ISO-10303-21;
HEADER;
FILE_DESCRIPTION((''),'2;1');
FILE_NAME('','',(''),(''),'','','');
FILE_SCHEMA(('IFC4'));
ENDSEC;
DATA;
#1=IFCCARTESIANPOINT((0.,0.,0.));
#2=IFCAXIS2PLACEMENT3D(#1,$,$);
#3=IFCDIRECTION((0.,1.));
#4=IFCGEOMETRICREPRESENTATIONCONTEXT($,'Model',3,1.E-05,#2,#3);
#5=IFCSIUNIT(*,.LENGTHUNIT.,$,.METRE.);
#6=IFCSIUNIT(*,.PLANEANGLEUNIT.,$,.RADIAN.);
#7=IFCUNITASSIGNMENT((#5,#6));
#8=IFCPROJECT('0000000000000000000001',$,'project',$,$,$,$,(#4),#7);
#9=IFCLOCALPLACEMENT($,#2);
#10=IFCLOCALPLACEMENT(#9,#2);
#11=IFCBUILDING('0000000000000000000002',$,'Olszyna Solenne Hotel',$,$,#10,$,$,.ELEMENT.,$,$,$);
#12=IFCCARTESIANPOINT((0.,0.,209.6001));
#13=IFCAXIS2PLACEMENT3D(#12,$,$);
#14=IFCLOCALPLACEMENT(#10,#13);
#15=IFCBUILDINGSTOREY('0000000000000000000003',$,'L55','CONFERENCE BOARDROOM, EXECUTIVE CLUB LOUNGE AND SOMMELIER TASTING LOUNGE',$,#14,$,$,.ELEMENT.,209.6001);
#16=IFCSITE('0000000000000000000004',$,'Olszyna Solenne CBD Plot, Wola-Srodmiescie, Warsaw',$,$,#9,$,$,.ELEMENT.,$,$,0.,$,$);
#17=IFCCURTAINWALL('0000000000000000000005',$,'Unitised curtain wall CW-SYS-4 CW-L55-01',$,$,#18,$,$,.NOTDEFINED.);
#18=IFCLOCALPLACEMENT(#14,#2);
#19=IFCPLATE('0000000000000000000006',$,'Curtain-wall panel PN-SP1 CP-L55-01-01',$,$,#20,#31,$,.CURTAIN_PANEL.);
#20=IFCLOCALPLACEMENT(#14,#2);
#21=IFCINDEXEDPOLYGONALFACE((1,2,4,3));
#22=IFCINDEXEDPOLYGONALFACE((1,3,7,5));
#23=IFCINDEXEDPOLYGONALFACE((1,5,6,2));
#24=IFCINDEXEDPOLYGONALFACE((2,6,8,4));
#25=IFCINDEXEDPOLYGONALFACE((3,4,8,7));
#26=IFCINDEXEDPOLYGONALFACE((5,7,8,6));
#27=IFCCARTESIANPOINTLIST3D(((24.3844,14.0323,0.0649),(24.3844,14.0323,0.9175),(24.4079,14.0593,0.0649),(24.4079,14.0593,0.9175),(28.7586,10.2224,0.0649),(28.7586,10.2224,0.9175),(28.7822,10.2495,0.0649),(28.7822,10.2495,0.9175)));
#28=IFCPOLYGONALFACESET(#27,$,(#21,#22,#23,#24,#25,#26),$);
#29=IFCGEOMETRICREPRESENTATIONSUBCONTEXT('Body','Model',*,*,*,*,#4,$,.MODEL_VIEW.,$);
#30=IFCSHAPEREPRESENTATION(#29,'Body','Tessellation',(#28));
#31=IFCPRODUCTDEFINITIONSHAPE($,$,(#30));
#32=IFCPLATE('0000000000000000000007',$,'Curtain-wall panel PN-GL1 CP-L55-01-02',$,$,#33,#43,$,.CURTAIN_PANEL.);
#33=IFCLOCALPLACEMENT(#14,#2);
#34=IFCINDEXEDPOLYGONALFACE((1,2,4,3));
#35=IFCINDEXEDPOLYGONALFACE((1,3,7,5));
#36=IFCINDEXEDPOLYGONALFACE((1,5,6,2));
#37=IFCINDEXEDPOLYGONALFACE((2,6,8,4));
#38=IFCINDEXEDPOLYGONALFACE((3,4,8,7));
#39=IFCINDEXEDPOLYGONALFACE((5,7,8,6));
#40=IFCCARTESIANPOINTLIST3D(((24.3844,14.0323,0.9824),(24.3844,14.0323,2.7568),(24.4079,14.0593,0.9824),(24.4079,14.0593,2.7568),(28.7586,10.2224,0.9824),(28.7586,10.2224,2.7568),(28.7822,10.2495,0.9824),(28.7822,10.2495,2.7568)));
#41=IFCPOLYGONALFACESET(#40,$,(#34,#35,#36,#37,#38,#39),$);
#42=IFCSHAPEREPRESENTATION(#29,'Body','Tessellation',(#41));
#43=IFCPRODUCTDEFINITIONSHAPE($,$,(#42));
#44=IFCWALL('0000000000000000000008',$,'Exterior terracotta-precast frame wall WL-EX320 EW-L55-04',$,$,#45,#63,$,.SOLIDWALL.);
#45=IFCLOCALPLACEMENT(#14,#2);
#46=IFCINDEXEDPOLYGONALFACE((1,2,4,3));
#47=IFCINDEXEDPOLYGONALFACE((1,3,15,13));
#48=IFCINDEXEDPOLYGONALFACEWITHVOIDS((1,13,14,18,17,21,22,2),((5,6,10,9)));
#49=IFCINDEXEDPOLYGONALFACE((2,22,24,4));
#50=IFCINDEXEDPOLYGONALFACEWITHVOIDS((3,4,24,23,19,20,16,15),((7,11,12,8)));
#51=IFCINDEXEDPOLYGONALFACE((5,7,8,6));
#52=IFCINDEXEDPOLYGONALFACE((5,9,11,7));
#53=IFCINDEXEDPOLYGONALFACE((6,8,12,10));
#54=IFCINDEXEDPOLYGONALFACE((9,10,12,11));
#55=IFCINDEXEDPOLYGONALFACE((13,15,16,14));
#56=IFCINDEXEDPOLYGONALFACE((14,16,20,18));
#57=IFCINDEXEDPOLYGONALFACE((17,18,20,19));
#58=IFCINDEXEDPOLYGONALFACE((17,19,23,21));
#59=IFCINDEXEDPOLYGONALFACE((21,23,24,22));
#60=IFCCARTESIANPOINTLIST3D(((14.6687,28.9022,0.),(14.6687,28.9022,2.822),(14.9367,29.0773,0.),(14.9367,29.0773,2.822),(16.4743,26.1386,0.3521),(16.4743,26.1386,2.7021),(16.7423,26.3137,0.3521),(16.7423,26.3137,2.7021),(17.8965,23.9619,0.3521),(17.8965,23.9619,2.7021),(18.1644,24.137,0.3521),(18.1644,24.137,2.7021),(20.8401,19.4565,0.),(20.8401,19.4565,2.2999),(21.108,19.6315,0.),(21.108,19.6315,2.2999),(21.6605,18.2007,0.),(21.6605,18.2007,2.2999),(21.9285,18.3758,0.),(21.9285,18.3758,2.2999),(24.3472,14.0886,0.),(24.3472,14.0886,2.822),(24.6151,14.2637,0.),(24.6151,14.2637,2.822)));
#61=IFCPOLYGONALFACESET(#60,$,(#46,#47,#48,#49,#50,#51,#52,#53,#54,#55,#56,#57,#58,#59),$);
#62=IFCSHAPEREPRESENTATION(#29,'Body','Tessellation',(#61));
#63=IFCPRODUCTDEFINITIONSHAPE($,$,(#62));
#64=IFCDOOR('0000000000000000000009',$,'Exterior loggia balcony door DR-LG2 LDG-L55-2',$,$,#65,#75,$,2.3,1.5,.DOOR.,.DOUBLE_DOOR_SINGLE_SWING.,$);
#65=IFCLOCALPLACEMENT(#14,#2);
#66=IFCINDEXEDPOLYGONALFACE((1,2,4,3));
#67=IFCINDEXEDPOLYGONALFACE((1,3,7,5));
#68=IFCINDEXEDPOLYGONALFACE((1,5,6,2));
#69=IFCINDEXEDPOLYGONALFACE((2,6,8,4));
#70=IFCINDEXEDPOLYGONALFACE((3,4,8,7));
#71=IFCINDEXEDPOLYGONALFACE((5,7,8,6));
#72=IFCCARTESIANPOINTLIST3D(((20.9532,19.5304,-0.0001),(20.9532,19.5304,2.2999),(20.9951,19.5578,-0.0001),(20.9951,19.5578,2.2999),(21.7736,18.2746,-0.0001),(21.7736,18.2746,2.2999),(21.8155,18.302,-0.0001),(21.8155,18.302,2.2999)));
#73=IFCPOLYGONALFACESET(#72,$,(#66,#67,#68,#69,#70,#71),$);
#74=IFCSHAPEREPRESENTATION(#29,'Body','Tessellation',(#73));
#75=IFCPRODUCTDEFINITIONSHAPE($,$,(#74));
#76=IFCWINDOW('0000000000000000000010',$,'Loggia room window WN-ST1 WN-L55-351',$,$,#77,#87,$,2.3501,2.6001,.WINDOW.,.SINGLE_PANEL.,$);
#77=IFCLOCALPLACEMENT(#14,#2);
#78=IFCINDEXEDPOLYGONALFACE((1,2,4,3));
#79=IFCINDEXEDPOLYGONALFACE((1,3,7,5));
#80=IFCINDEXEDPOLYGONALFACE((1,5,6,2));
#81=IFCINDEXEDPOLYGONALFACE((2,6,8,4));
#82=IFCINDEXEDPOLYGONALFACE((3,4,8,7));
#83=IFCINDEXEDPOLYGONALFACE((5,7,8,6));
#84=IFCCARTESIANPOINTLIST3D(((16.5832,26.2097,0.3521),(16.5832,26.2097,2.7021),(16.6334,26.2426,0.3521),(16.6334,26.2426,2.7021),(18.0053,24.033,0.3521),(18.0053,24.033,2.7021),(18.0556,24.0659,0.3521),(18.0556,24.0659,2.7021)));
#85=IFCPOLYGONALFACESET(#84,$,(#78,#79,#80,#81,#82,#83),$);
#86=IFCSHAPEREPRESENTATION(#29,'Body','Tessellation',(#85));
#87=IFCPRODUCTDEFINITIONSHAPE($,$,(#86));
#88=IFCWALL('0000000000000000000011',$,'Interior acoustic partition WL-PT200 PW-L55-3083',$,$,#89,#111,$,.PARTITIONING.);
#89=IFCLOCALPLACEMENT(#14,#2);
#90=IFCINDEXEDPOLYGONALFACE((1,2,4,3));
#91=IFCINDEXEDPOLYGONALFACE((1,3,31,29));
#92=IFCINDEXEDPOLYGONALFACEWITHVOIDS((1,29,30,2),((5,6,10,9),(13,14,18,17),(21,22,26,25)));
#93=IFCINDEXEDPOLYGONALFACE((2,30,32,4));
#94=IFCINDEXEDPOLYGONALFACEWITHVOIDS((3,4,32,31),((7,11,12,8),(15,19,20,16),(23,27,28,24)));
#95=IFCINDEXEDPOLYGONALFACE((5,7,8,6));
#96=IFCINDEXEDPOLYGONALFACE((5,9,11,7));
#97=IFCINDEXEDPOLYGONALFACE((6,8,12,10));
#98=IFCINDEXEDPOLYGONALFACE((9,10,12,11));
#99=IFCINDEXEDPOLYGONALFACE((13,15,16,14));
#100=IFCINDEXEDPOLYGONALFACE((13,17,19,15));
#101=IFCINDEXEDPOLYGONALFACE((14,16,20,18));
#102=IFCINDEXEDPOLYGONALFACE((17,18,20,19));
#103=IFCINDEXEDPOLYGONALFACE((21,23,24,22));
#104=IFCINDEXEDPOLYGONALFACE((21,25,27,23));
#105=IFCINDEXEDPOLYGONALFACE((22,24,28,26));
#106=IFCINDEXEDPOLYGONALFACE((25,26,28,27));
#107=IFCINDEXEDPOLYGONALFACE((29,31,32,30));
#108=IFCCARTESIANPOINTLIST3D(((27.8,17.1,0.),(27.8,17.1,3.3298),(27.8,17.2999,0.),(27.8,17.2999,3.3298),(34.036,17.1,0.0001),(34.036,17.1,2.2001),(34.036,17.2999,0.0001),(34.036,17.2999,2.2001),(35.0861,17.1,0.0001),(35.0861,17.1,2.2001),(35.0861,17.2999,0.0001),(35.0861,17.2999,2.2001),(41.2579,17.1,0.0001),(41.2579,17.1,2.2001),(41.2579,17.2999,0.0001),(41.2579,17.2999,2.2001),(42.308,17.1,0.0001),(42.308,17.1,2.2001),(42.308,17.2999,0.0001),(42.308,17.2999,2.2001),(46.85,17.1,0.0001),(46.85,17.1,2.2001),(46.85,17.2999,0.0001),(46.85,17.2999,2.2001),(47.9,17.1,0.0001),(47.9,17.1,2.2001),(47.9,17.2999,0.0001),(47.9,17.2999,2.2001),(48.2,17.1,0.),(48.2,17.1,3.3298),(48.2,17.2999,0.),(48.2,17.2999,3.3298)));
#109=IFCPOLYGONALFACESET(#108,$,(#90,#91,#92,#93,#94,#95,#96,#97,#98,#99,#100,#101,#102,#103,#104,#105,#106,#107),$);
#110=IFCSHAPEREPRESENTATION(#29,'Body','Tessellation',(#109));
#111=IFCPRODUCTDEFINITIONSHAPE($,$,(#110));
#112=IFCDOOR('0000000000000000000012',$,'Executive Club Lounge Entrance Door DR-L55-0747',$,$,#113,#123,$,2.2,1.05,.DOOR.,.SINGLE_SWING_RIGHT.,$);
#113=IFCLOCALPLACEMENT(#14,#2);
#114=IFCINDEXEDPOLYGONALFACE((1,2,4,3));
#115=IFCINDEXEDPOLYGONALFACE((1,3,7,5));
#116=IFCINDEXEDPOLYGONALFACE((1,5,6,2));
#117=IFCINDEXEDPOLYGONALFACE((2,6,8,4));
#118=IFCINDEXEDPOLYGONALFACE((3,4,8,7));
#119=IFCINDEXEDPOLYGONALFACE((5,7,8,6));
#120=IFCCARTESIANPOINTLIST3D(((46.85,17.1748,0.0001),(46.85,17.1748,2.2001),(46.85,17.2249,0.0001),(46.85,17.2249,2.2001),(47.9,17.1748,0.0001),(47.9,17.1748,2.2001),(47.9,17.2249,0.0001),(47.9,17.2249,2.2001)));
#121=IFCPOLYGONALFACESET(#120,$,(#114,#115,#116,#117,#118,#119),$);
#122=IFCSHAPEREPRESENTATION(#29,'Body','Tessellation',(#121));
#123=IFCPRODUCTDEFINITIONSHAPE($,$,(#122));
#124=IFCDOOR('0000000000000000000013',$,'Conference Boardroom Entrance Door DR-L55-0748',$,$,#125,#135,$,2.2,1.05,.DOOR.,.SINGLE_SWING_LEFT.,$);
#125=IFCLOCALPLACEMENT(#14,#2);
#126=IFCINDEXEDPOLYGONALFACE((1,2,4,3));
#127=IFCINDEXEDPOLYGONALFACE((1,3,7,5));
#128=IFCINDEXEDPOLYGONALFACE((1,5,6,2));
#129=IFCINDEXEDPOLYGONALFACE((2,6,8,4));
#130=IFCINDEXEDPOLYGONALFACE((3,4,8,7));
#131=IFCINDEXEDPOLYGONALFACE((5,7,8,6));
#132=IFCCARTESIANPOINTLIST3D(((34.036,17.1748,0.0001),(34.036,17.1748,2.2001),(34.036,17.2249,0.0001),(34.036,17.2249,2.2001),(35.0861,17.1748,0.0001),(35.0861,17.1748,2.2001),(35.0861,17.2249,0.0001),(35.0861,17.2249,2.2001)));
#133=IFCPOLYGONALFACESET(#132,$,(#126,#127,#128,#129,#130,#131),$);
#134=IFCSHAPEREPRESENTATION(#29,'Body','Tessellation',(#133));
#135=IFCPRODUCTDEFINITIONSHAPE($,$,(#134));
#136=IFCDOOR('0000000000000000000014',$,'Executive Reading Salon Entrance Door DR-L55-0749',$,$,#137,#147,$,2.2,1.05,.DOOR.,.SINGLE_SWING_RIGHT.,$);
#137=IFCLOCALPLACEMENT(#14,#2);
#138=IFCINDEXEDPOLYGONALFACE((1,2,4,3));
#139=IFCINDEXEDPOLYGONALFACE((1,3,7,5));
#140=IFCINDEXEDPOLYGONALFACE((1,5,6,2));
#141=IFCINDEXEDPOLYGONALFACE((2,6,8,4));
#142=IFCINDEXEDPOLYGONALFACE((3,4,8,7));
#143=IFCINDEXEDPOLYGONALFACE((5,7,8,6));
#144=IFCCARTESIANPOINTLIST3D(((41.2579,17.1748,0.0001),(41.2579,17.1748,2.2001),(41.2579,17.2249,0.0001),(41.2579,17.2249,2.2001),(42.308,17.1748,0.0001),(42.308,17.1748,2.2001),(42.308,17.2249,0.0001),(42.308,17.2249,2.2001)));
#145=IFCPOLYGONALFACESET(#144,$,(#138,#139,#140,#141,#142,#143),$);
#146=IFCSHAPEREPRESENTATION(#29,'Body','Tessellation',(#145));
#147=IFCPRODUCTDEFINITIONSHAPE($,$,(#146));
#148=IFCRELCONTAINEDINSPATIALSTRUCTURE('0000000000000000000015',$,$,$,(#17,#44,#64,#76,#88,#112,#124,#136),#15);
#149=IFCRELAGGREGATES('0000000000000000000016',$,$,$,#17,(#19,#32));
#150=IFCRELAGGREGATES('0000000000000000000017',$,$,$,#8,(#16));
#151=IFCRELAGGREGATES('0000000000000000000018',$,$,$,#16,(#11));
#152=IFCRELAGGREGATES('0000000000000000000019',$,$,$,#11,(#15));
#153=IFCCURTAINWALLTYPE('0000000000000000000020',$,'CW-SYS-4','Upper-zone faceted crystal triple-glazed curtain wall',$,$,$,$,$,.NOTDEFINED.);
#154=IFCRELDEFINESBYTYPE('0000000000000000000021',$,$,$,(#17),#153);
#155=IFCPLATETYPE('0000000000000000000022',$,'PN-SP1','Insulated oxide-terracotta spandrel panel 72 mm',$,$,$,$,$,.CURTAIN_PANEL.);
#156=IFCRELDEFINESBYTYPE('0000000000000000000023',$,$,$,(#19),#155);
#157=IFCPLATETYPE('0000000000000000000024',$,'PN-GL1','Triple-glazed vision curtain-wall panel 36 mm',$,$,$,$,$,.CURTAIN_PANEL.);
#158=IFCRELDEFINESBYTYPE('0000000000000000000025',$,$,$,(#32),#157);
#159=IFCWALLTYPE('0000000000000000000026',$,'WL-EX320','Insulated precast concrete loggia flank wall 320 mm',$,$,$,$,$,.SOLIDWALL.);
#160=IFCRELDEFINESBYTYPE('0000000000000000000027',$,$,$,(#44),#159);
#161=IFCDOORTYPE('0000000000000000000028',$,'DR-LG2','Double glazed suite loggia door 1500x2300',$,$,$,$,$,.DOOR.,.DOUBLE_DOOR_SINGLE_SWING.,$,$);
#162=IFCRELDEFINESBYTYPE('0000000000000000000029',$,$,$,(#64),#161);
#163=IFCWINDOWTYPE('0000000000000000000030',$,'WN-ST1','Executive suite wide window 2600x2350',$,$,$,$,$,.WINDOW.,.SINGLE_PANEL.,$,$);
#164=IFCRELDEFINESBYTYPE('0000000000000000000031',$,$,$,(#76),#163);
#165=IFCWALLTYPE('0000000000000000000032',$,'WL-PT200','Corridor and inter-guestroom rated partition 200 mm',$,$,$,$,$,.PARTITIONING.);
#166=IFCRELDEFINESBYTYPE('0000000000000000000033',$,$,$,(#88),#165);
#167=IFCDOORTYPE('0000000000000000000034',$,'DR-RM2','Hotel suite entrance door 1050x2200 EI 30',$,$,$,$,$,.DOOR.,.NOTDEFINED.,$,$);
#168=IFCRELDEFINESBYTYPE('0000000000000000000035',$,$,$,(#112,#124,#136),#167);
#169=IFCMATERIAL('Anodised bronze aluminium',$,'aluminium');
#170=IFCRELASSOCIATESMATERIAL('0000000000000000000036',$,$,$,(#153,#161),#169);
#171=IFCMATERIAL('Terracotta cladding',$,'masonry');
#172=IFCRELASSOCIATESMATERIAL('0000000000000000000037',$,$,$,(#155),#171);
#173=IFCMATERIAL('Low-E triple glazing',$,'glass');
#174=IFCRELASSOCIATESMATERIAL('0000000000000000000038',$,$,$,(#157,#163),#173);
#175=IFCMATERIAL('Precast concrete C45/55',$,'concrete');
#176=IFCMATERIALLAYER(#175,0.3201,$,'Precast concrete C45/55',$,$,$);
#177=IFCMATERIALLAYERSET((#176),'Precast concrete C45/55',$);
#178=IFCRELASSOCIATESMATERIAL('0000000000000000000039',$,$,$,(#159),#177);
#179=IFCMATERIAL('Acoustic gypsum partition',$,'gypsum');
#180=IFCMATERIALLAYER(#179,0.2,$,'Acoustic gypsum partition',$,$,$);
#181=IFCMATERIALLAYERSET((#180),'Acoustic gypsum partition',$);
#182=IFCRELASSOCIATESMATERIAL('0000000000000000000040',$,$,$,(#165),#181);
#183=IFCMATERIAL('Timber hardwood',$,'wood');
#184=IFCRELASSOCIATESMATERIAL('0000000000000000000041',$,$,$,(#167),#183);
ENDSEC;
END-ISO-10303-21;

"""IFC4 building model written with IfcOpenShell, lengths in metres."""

from ifc_helpers import new_model, si_unit, direction, frame, frame_2d, origin, origin_2d, place, context, subcontext, project, spatial, rectangle, extrude, source, transform, mapped, material, layer, layer_set, type_object, type_shapes, element, fill, aggregate, save


model = new_model("IFC4")

# Units and contexts
model_context = context("Model", 3, precision=1e-05, world=origin(), true_north=direction((0.0, 1.0)))
body_context = subcontext(model_context, "Body", "Model", "MODEL_VIEW")
ifc_project = project(units=[si_unit("LENGTHUNIT", "METRE"), si_unit("PLANEANGLEUNIT", "RADIAN")], contexts=[model_context])

# Site, building, storey
site_placement = place(None, origin())
site = spatial("IfcSite", under=ifc_project, at=site_placement, Name="Olszyna Solenne CBD Plot, Wola-Srodmiescie, Warsaw", CompositionType="ELEMENT", RefElevation=0.0)
building_placement = place(site_placement, origin())
building = spatial("IfcBuilding", under=site, at=building_placement, Name="Olszyna Solenne Hotel", CompositionType="ELEMENT")
storey_placement = place(building_placement, frame((0.0, 0.0, 209.6001)))
storey = spatial("IfcBuildingStorey", under=building, at=storey_placement, Name="L55", Description="CONFERENCE BOARDROOM, EXECUTIVE CLUB LOUNGE AND SOMMELIER TASTING LOUNGE", CompositionType="ELEMENT", Elevation=209.6001)

# Curtain wall
ifc_material_1 = material(Name="Anodised bronze aluminium", Category="aluminium")
curtain_wall_type = type_object("IfcCurtainWallType", Name="CW-SYS-4", Description="Upper-zone faceted crystal triple-glazed curtain wall", PredefinedType="NOTDEFINED", material=ifc_material_1)
curtain_wall_placement = place(storey_placement, origin())
curtain_wall = element("IfcCurtainWall", 1, at=curtain_wall_placement, inside=storey, type_object=curtain_wall_type, Name="Unitised curtain wall CW-SYS-4 CW-L55-01", PredefinedType="NOTDEFINED")

# Shared definitions
ifc_material_2 = material(Name="Precast concrete C45/55", Category="concrete")

# Plates
ifc_material_3 = material(Name="Terracotta cladding", Category="masonry")
plate_type_1 = type_object("IfcPlateType", Name="PN-SP1", Description="Insulated oxide-terracotta spandrel panel 72 mm", PredefinedType="CURTAIN_PANEL", material=ifc_material_3)
shared_shape_1 = source(origin(), body_context, "Body", "SweptSolid", [
    extrude(rectangle(XDim=5.8008, YDim=0.0359, at=origin_2d()), origin(), (0.0, 0.0, 1.0), 0.8525),
])
plate_1_placement = place(storey_placement, frame((26.5833, 12.1409, 0.0649), z_axis=(0.0, 0.0, 1.0), x_axis=(0.754075, -0.656788, 0.0)))
plate_1 = element("IfcPlate", 2, at=plate_1_placement, type_object=plate_type_1, Name="Curtain-wall panel PN-SP1 CP-L55-01-01", PredefinedType="CURTAIN_PANEL", context=body_context, shape_type="MappedRepresentation", body=[
    mapped(shared_shape_1, transform((0.0, 0.0, 0.0), x_axis=(1.0, 0.0, 0.0), y_axis=(0.0, 1.0, 0.0), z_axis=(0.0, 0.0, 1.0), scale=1.0)),
])
ifc_material_4 = material(Name="Low-E triple glazing", Category="glass")
plate_type_2 = type_object("IfcPlateType", Name="PN-GL1", Description="Triple-glazed vision curtain-wall panel 36 mm", PredefinedType="CURTAIN_PANEL", material=ifc_material_4)
shared_shape_2 = source(origin(), body_context, "Body", "SweptSolid", [
    extrude(rectangle(XDim=5.8008, YDim=0.0359, at=origin_2d()), origin(), (0.0, 0.0, 1.0), 1.7744),
])
plate_2_placement = place(storey_placement, frame((26.5833, 12.1409, 0.9824), z_axis=(0.0, 0.0, 1.0), x_axis=(0.754075, -0.656788, 0.0)))
plate_2 = element("IfcPlate", 3, at=plate_2_placement, type_object=plate_type_2, Name="Curtain-wall panel PN-GL1 CP-L55-01-02", PredefinedType="CURTAIN_PANEL", context=body_context, shape_type="MappedRepresentation", body=[
    mapped(shared_shape_2, transform((0.0, 0.0, 0.0), x_axis=(1.0, 0.0, 0.0), y_axis=(0.0, 1.0, 0.0), z_axis=(0.0, 0.0, 1.0), scale=1.0)),
])
aggregate(curtain_wall, [plate_1, plate_2])

# Wall, openings, door, window
ifc_layer_1 = layer(ifc_material_2, 0.3201, Name="Precast concrete C45/55")
ifc_layer_set_1 = layer_set([ifc_layer_1], Name="Precast concrete C45/55")
wall_type_1 = type_object("IfcWallType", Name="WL-EX320", Description="Insulated precast concrete loggia flank wall 320 mm", PredefinedType="SOLIDWALL", material=ifc_layer_set_1)
wall_1_placement = place(storey_placement, frame((24.4812, 14.176, 0.0), z_axis=(0.0, 0.0, 1.0), x_axis=(-0.546955, 0.837162, 0.0)))
wall_1 = element("IfcWall", 4, at=wall_1_placement, inside=storey, type_object=wall_type_1, Name="Exterior terracotta-precast frame wall WL-EX320 EW-L55-04", PredefinedType="SOLIDWALL", context=body_context, shape_type="SweptSolid", body=[
    extrude(rectangle(XDim=17.6951, YDim=0.3201, at=frame_2d((8.8477, 0.0))), origin(), (0.0, 0.0, 1.0), 2.822),
])
opening_1_placement = place(wall_1_placement, frame((4.9121, 0.0, 0.0)))
opening_1 = element("IfcOpeningElement", 5, at=opening_1_placement, cuts=wall_1, PredefinedType="OPENING", context=body_context, shape_type="SweptSolid", body=[
    extrude(rectangle(XDim=1.5, YDim=2.3, at=frame_2d((0.75, 1.1499))), frame((0.0, 0.1699, 0.0), z_axis=(0.0, -1.0, 0.0), x_axis=(1.0, 0.0, 0.0)), (0.0, 0.0, 1.0), 0.3401),
])
opening_2_placement = place(wall_1_placement, frame((11.7939, 0.0, 0.3521)))
opening_2 = element("IfcOpeningElement", 6, at=opening_2_placement, cuts=wall_1, PredefinedType="OPENING", context=body_context, shape_type="SweptSolid", body=[
    extrude(rectangle(XDim=2.6001, YDim=2.3501, at=frame_2d((1.3, 1.175))), frame((0.0, 0.1699, 0.0), z_axis=(0.0, -1.0, 0.0), x_axis=(1.0, 0.0, 0.0)), (0.0, 0.0, 1.0), 0.3401),
])
door_type_1 = type_object("IfcDoorType", Name="DR-LG2", Description="Double glazed suite loggia door 1500x2300", OperationType="DOUBLE_DOOR_SINGLE_SWING", PredefinedType="DOOR", material=ifc_material_1)
shared_shape_3 = source(origin(), body_context, "Body", "SweptSolid", [
    extrude(rectangle(XDim=1.5, YDim=2.3, at=frame_2d((0.75, 1.1499))), frame((0.0, 0.0249, 0.0), z_axis=(0.0, -1.0, 0.0), x_axis=(1.0, 0.0, 0.0)), (0.0, 0.0, 1.0), 0.05),
])
type_shapes(door_type_1, [shared_shape_3])
door_1_placement = place(opening_1_placement, origin())
door_1 = element("IfcDoor", 7, at=door_1_placement, inside=storey, type_object=door_type_1, Name="Exterior loggia balcony door DR-LG2 LDG-L55-2", OperationType="DOUBLE_DOOR_SINGLE_SWING", OverallHeight=2.3, OverallWidth=1.5, PredefinedType="DOOR", context=body_context, shape_type="MappedRepresentation", body=[
    mapped(shared_shape_3, transform((0.0, 0.0, 0.0), x_axis=(1.0, 0.0, 0.0), y_axis=(0.0, 1.0, 0.0), z_axis=(0.0, 0.0, 1.0), scale=1.0)),
])
fill(opening_1, door_1)
window_type = type_object("IfcWindowType", Name="WN-ST1", Description="Executive suite wide window 2600x2350", PartitioningType="SINGLE_PANEL", PredefinedType="WINDOW", material=ifc_material_4)
shared_shape_4 = source(origin(), body_context, "Body", "SweptSolid", [
    extrude(rectangle(XDim=2.6001, YDim=2.3501, at=frame_2d((1.3, 1.175))), frame((0.0, 0.03, 0.0), z_axis=(0.0, -1.0, 0.0), x_axis=(1.0, 0.0, 0.0)), (0.0, 0.0, 1.0), 0.0601),
])
type_shapes(window_type, [shared_shape_4])
window_placement = place(opening_2_placement, origin())
window = element("IfcWindow", 8, at=window_placement, inside=storey, type_object=window_type, Name="Loggia room window WN-ST1 WN-L55-351", OverallHeight=2.3501, OverallWidth=2.6001, PartitioningType="SINGLE_PANEL", PredefinedType="WINDOW", context=body_context, shape_type="MappedRepresentation", body=[
    mapped(shared_shape_4, transform((0.0, 0.0, 0.0), x_axis=(1.0, 0.0, 0.0), y_axis=(0.0, 1.0, 0.0), z_axis=(0.0, 0.0, 1.0), scale=1.0)),
])
fill(opening_2, window)

# Wall, openings, doors
ifc_material_5 = material(Name="Acoustic gypsum partition", Category="gypsum")
ifc_layer_2 = layer(ifc_material_5, 0.2, Name="Acoustic gypsum partition")
ifc_layer_set_2 = layer_set([ifc_layer_2], Name="Acoustic gypsum partition")
wall_type_2 = type_object("IfcWallType", Name="WL-PT200", Description="Corridor and inter-guestroom rated partition 200 mm", PredefinedType="PARTITIONING", material=ifc_layer_set_2)
wall_2_placement = place(storey_placement, frame((27.8, 17.2, 0.0), z_axis=(0.0, 0.0, 1.0), x_axis=(1.0, 0.0, 0.0)))
wall_2 = element("IfcWall", 9, at=wall_2_placement, inside=storey, type_object=wall_type_2, Name="Interior acoustic partition WL-PT200 PW-L55-3083", PredefinedType="PARTITIONING", context=body_context, shape_type="SweptSolid", body=[
    extrude(rectangle(XDim=20.3999, YDim=0.2, at=frame_2d((10.2, 0.0))), origin(), (0.0, 0.0, 1.0), 3.3298),
])
opening_3_placement = place(wall_2_placement, frame((19.05, 0.0, 0.0)))
opening_3 = element("IfcOpeningElement", 10, at=opening_3_placement, cuts=wall_2, PredefinedType="OPENING", context=body_context, shape_type="SweptSolid", body=[
    extrude(rectangle(XDim=1.05, YDim=2.2, at=frame_2d((0.5249, 1.1001))), frame((0.0, 0.1099, 0.0), z_axis=(0.0, -1.0, 0.0), x_axis=(1.0, 0.0, 0.0)), (0.0, 0.0, 1.0), 0.22),
])
opening_4_placement = place(wall_2_placement, frame((6.2361, 0.0, 0.0)))
opening_4 = element("IfcOpeningElement", 11, at=opening_4_placement, cuts=wall_2, PredefinedType="OPENING", context=body_context, shape_type="SweptSolid", body=[
    extrude(rectangle(XDim=1.05, YDim=2.2, at=frame_2d((0.5249, 1.1001))), frame((0.0, 0.1099, 0.0), z_axis=(0.0, -1.0, 0.0), x_axis=(1.0, 0.0, 0.0)), (0.0, 0.0, 1.0), 0.22),
])
opening_5_placement = place(wall_2_placement, frame((13.458, 0.0, 0.0)))
opening_5 = element("IfcOpeningElement", 12, at=opening_5_placement, cuts=wall_2, PredefinedType="OPENING", context=body_context, shape_type="SweptSolid", body=[
    extrude(rectangle(XDim=1.05, YDim=2.2, at=frame_2d((0.5249, 1.1001))), frame((0.0, 0.1099, 0.0), z_axis=(0.0, -1.0, 0.0), x_axis=(1.0, 0.0, 0.0)), (0.0, 0.0, 1.0), 0.22),
])
ifc_material_6 = material(Name="Timber hardwood", Category="wood")
door_type_2 = type_object("IfcDoorType", Name="DR-RM2", Description="Hotel suite entrance door 1050x2200 EI 30", OperationType="NOTDEFINED", PredefinedType="DOOR", material=ifc_material_6)
shared_shape_5 = source(origin(), body_context, "Body", "SweptSolid", [
    extrude(rectangle(XDim=1.05, YDim=2.2, at=frame_2d((0.5249, 1.1001))), frame((0.0, 0.0249, 0.0), z_axis=(0.0, -1.0, 0.0), x_axis=(1.0, 0.0, 0.0)), (0.0, 0.0, 1.0), 0.05),
])
type_shapes(door_type_2, [shared_shape_5])
door_2_placement = place(opening_3_placement, origin())
door_2 = element("IfcDoor", 13, at=door_2_placement, inside=storey, type_object=door_type_2, Name="Executive Club Lounge Entrance Door DR-L55-0747", OperationType="SINGLE_SWING_RIGHT", OverallHeight=2.2, OverallWidth=1.05, PredefinedType="DOOR", context=body_context, shape_type="MappedRepresentation", body=[
    mapped(shared_shape_5, transform((0.0, 0.0, 0.0), x_axis=(1.0, 0.0, 0.0), y_axis=(0.0, 1.0, 0.0), z_axis=(0.0, 0.0, 1.0), scale=1.0)),
])
fill(opening_3, door_2)
door_3_placement = place(opening_4_placement, origin())
door_3 = element("IfcDoor", 14, at=door_3_placement, inside=storey, type_object=door_type_2, Name="Conference Boardroom Entrance Door DR-L55-0748", OperationType="SINGLE_SWING_LEFT", OverallHeight=2.2, OverallWidth=1.05, PredefinedType="DOOR", context=body_context, shape_type="MappedRepresentation", body=[
    mapped(shared_shape_5, transform((0.0, 0.0, 0.0), x_axis=(1.0, 0.0, 0.0), y_axis=(0.0, 1.0, 0.0), z_axis=(0.0, 0.0, 1.0), scale=1.0)),
])
fill(opening_4, door_3)
door_4_placement = place(opening_5_placement, origin())
door_4 = element("IfcDoor", 15, at=door_4_placement, inside=storey, type_object=door_type_2, Name="Executive Reading Salon Entrance Door DR-L55-0749", OperationType="SINGLE_SWING_RIGHT", OverallHeight=2.2, OverallWidth=1.05, PredefinedType="DOOR", context=body_context, shape_type="MappedRepresentation", body=[
    mapped(shared_shape_5, transform((0.0, 0.0, 0.0), x_axis=(1.0, 0.0, 0.0), y_axis=(0.0, 1.0, 0.0), z_axis=(0.0, 0.0, 1.0), scale=1.0)),
])
fill(opening_5, door_4)

save(model, "model.ifc")
